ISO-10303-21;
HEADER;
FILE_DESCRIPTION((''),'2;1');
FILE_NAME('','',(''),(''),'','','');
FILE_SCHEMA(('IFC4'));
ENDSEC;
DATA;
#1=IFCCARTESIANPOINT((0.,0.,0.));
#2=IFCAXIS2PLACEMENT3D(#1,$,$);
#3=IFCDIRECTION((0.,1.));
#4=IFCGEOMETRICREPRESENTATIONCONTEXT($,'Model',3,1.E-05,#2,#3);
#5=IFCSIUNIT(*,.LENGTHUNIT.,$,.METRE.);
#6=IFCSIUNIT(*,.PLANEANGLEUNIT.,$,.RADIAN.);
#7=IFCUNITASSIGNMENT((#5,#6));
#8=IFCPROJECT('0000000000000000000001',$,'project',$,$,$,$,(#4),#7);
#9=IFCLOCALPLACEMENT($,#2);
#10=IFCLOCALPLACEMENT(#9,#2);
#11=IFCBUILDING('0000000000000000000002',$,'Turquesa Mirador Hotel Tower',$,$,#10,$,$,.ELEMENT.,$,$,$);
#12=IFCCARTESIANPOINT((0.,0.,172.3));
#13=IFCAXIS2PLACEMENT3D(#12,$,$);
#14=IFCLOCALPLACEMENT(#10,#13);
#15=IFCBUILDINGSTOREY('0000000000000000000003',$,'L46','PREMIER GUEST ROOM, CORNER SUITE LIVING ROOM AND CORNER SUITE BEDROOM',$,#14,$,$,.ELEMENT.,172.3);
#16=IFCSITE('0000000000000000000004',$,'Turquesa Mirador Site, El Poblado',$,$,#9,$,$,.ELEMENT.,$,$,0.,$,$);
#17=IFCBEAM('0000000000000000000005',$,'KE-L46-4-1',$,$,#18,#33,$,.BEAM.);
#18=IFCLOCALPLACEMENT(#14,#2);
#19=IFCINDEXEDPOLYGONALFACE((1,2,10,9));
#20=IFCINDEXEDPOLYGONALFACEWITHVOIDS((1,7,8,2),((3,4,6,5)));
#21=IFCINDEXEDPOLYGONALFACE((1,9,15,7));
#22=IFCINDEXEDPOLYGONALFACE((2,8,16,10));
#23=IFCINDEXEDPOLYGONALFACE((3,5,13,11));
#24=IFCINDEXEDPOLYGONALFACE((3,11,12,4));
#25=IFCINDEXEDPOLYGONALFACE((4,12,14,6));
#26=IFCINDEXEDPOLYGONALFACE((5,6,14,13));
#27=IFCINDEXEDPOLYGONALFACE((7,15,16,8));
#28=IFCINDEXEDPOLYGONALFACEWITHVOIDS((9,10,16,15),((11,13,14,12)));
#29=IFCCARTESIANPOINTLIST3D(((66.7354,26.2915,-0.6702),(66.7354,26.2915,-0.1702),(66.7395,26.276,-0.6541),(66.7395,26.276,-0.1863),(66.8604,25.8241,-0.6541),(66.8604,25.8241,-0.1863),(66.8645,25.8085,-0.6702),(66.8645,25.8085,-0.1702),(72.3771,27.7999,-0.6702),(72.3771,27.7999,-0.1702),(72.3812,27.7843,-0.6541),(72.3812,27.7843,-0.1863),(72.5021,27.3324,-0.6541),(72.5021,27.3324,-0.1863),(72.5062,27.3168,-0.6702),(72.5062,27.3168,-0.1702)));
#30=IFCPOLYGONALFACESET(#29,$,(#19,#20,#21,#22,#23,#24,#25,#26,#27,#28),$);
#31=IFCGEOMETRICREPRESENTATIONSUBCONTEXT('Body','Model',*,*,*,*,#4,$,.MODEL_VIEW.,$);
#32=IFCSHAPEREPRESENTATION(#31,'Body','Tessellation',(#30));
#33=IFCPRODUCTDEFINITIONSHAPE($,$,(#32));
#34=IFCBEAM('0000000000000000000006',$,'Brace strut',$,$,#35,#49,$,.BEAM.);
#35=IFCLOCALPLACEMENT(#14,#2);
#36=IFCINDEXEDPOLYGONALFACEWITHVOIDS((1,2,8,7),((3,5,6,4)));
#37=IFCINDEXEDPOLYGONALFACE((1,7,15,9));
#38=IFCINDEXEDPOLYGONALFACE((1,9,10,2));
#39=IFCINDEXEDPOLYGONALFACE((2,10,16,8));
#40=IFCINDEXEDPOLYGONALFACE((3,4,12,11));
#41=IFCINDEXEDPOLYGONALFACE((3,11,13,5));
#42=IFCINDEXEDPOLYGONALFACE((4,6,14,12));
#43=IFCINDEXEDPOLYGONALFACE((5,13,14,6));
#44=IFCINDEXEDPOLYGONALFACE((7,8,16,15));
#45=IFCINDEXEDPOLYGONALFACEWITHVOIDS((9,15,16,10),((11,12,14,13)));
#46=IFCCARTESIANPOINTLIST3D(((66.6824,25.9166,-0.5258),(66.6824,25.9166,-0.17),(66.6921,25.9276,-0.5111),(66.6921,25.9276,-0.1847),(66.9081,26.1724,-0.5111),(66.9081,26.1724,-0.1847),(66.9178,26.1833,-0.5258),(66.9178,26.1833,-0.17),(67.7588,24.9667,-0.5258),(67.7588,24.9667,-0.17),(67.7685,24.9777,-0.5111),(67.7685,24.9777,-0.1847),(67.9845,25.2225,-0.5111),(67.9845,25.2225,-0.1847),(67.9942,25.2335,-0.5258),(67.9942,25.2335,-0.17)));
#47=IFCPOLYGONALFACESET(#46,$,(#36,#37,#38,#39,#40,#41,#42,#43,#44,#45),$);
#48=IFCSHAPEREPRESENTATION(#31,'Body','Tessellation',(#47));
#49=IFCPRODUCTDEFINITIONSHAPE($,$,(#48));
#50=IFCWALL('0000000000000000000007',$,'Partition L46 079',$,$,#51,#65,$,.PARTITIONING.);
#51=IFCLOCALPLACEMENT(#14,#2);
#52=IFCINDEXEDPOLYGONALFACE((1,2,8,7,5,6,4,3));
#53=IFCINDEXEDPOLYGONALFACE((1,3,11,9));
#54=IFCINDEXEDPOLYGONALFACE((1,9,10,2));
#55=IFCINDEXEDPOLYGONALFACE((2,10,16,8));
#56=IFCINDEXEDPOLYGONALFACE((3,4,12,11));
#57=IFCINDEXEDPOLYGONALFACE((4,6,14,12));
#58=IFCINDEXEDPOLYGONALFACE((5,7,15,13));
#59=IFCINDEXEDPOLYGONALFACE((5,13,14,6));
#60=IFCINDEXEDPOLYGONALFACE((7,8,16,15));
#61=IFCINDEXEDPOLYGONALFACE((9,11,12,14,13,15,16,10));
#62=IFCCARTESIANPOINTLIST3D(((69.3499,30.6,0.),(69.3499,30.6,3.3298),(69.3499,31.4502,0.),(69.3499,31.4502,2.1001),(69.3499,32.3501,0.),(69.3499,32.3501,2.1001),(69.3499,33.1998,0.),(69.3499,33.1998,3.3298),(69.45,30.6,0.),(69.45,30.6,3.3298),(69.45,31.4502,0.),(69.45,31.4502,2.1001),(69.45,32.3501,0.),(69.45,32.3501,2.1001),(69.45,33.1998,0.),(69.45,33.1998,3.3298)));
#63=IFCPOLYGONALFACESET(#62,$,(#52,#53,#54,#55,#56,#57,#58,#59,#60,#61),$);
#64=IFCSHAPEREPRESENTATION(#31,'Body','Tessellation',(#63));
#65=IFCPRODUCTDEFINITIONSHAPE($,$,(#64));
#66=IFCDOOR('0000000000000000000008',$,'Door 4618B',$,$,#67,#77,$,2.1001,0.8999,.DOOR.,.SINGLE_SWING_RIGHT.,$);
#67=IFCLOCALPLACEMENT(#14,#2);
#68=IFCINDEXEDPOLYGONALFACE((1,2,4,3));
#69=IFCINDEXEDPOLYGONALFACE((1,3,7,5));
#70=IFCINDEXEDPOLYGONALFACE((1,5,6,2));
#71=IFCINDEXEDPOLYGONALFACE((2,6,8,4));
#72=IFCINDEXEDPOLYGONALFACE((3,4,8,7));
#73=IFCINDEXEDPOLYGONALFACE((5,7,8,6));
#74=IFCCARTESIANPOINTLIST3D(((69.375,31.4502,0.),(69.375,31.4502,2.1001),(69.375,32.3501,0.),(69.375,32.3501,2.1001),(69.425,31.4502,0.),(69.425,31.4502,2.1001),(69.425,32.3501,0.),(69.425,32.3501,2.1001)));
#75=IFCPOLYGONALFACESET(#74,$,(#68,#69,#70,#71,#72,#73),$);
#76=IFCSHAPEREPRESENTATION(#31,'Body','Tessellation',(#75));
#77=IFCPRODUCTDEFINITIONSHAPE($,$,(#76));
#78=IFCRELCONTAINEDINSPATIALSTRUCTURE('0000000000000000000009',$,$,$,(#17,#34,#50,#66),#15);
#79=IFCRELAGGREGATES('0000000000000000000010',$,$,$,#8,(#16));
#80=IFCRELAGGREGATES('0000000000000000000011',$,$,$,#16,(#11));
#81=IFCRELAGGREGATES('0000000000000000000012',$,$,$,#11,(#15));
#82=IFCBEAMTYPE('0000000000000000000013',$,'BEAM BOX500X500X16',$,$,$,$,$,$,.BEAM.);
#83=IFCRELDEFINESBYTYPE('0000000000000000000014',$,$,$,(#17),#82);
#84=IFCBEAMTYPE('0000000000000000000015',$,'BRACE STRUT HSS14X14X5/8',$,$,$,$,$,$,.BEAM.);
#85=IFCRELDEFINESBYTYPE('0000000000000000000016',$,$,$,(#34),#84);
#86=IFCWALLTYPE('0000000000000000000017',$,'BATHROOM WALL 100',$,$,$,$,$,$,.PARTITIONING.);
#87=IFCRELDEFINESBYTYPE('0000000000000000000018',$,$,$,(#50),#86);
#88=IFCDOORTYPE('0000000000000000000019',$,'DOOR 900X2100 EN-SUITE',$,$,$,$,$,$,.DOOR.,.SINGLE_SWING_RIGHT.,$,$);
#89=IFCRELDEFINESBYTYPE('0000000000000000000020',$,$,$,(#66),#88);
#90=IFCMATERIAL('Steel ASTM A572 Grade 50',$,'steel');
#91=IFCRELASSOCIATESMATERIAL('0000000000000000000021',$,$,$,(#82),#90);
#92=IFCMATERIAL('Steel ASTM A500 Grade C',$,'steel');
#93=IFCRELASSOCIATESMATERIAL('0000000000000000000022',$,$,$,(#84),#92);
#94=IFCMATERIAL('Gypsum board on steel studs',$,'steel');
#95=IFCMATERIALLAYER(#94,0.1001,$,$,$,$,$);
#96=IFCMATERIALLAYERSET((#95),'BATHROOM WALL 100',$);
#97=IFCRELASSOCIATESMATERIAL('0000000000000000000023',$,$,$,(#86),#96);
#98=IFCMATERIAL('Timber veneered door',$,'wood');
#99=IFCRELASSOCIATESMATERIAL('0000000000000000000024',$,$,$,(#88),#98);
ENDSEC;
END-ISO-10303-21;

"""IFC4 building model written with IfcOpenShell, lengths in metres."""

from ifc_helpers import new_model, si_unit, direction, frame, frame_2d, origin, origin_2d, place, context, subcontext, project, spatial, rectangle, hollow_rectangle, extrude, material, layer, layer_set, material_profile, profile_set, type_object, element, fill, save


model = new_model("IFC4")

# Units and contexts
model_context = context("Model", 3, precision=1e-05, world=origin(), true_north=direction((0.0, 1.0)))
body_context = subcontext(model_context, "Body", "Model", "MODEL_VIEW")
ifc_project = project(units=[si_unit("LENGTHUNIT", "METRE"), si_unit("PLANEANGLEUNIT", "RADIAN")], contexts=[model_context])

# Site, building, storey
site_placement = place(None, origin())
site = spatial("IfcSite", under=ifc_project, at=site_placement, Name="Turquesa Mirador Site, El Poblado", CompositionType="ELEMENT", RefElevation=0.0)
building_placement = place(site_placement, origin())
building = spatial("IfcBuilding", under=site, at=building_placement, Name="Turquesa Mirador Hotel Tower", CompositionType="ELEMENT")
storey_placement = place(building_placement, frame((0.0, 0.0, 172.3)))
storey = spatial("IfcBuildingStorey", under=building, at=storey_placement, Name="L46", Description="PREMIER GUEST ROOM, CORNER SUITE LIVING ROOM AND CORNER SUITE BEDROOM", CompositionType="ELEMENT", Elevation=172.3)

# Beams
ifc_material_1 = material(Name="Steel ASTM A572 Grade 50", Category="steel")
ifc_material_profile_1 = material_profile(ifc_material_1, hollow_rectangle(XDim=0.5, YDim=0.5, WallThickness=0.0161, at=origin_2d()), Name="BOX500X500X16")
ifc_profile_set_1 = profile_set([ifc_material_profile_1], Name="Steel ASTM A572 Grade 50")
beam_type_1 = type_object("IfcBeamType", Name="BEAM BOX500X500X16", PredefinedType="BEAM", material=ifc_profile_set_1)
beam_1_placement = place(storey_placement, frame((72.4417, 27.5583, -0.4202), z_axis=(-0.96607, -0.258282, 0.0), x_axis=(0.258282, -0.96607, 0.0)))
element("IfcBeam", 1, at=beam_1_placement, inside=storey, type_object=beam_type_1, Name="KE-L46-4-1", PredefinedType="BEAM", context=body_context, shape_type="SweptSolid", body=[
    extrude(hollow_rectangle(XDim=0.5, YDim=0.5, WallThickness=0.0161, at=origin_2d()), origin(), (0.0, 0.0, 1.0), 5.8398),
])
ifc_material_2 = material(Name="Steel ASTM A500 Grade C", Category="steel")
ifc_material_profile_2 = material_profile(ifc_material_2, hollow_rectangle(XDim=0.3557, YDim=0.3557, WallThickness=0.0146, at=origin_2d()), Name="HSS14X14X5/8")
ifc_profile_set_2 = profile_set([ifc_material_profile_2], Name="Steel ASTM A500 Grade C")
beam_type_2 = type_object("IfcBeamType", Name="BRACE STRUT HSS14X14X5/8", PredefinedType="BEAM", material=ifc_profile_set_2)
beam_2_placement = place(storey_placement, frame((67.8765, 25.1001, -0.3479), z_axis=(-0.749778, 0.661689, 0.0), x_axis=(-0.661689, -0.749778, 0.0)))
element("IfcBeam", 2, at=beam_2_placement, inside=storey, type_object=beam_type_2, Name="Brace strut", PredefinedType="BEAM", context=body_context, shape_type="SweptSolid", body=[
    extrude(hollow_rectangle(XDim=0.3557, YDim=0.3557, WallThickness=0.0146, at=origin_2d()), origin(), (0.0, 0.0, 1.0), 1.4355),
])

# Wall, opening, door
ifc_material_3 = material(Name="Gypsum board on steel studs", Category="steel")
ifc_layer_1 = layer(ifc_material_3, 0.1001)
ifc_layer_set_1 = layer_set([ifc_layer_1], Name="BATHROOM WALL 100")
wall_type_1 = type_object("IfcWallType", Name="BATHROOM WALL 100", PredefinedType="PARTITIONING", material=ifc_layer_set_1)
wall_1_placement = place(storey_placement, frame((69.3999, 30.6001, 0.0), z_axis=(0.0, 0.0, 1.0), x_axis=(0.0, 1.0, 0.0)))
wall_1 = element("IfcWall", 3, at=wall_1_placement, inside=storey, type_object=wall_type_1, Name="Partition L46 079", PredefinedType="PARTITIONING", context=body_context, shape_type="SweptSolid", body=[
    extrude(rectangle(XDim=2.5999, YDim=0.1001, at=frame_2d((1.2998, 0.0))), origin(), (0.0, 0.0, 1.0), 3.3298),
])
opening_1_placement = place(wall_1_placement, frame((0.8501, 0.0, 0.0)))
opening_1 = element("IfcOpeningElement", 4, at=opening_1_placement, cuts=wall_1, PredefinedType="OPENING", context=body_context, shape_type="SweptSolid", body=[
    extrude(rectangle(XDim=0.8999, YDim=2.1001, at=frame_2d((0.45, 1.05))), frame((0.0, 0.0601, 0.0), z_axis=(0.0, -1.0, 0.0), x_axis=(1.0, 0.0, 0.0)), (0.0, 0.0, 1.0), 0.1201),
])
ifc_material_4 = material(Name="Timber veneered door", Category="wood")
door_type_1 = type_object("IfcDoorType", Name="DOOR 900X2100 EN-SUITE", OperationType="SINGLE_SWING_RIGHT", PredefinedType="DOOR", material=ifc_material_4)
door_1_placement = place(opening_1_placement, origin())
door_1 = element("IfcDoor", 5, at=door_1_placement, inside=storey, type_object=door_type_1, Name="Door 4618B", OperationType="SINGLE_SWING_RIGHT", OverallHeight=2.1001, OverallWidth=0.8999, PredefinedType="DOOR", context=body_context, shape_type="SweptSolid", body=[
    extrude(rectangle(XDim=0.8999, YDim=2.1001, at=frame_2d((0.45, 1.05))), frame((0.0, 0.0249, 0.0), z_axis=(0.0, -1.0, 0.0), x_axis=(1.0, 0.0, 0.0)), (0.0, 0.0, 1.0), 0.05),
])
fill(opening_1, door_1)

save(model, "model.ifc")
